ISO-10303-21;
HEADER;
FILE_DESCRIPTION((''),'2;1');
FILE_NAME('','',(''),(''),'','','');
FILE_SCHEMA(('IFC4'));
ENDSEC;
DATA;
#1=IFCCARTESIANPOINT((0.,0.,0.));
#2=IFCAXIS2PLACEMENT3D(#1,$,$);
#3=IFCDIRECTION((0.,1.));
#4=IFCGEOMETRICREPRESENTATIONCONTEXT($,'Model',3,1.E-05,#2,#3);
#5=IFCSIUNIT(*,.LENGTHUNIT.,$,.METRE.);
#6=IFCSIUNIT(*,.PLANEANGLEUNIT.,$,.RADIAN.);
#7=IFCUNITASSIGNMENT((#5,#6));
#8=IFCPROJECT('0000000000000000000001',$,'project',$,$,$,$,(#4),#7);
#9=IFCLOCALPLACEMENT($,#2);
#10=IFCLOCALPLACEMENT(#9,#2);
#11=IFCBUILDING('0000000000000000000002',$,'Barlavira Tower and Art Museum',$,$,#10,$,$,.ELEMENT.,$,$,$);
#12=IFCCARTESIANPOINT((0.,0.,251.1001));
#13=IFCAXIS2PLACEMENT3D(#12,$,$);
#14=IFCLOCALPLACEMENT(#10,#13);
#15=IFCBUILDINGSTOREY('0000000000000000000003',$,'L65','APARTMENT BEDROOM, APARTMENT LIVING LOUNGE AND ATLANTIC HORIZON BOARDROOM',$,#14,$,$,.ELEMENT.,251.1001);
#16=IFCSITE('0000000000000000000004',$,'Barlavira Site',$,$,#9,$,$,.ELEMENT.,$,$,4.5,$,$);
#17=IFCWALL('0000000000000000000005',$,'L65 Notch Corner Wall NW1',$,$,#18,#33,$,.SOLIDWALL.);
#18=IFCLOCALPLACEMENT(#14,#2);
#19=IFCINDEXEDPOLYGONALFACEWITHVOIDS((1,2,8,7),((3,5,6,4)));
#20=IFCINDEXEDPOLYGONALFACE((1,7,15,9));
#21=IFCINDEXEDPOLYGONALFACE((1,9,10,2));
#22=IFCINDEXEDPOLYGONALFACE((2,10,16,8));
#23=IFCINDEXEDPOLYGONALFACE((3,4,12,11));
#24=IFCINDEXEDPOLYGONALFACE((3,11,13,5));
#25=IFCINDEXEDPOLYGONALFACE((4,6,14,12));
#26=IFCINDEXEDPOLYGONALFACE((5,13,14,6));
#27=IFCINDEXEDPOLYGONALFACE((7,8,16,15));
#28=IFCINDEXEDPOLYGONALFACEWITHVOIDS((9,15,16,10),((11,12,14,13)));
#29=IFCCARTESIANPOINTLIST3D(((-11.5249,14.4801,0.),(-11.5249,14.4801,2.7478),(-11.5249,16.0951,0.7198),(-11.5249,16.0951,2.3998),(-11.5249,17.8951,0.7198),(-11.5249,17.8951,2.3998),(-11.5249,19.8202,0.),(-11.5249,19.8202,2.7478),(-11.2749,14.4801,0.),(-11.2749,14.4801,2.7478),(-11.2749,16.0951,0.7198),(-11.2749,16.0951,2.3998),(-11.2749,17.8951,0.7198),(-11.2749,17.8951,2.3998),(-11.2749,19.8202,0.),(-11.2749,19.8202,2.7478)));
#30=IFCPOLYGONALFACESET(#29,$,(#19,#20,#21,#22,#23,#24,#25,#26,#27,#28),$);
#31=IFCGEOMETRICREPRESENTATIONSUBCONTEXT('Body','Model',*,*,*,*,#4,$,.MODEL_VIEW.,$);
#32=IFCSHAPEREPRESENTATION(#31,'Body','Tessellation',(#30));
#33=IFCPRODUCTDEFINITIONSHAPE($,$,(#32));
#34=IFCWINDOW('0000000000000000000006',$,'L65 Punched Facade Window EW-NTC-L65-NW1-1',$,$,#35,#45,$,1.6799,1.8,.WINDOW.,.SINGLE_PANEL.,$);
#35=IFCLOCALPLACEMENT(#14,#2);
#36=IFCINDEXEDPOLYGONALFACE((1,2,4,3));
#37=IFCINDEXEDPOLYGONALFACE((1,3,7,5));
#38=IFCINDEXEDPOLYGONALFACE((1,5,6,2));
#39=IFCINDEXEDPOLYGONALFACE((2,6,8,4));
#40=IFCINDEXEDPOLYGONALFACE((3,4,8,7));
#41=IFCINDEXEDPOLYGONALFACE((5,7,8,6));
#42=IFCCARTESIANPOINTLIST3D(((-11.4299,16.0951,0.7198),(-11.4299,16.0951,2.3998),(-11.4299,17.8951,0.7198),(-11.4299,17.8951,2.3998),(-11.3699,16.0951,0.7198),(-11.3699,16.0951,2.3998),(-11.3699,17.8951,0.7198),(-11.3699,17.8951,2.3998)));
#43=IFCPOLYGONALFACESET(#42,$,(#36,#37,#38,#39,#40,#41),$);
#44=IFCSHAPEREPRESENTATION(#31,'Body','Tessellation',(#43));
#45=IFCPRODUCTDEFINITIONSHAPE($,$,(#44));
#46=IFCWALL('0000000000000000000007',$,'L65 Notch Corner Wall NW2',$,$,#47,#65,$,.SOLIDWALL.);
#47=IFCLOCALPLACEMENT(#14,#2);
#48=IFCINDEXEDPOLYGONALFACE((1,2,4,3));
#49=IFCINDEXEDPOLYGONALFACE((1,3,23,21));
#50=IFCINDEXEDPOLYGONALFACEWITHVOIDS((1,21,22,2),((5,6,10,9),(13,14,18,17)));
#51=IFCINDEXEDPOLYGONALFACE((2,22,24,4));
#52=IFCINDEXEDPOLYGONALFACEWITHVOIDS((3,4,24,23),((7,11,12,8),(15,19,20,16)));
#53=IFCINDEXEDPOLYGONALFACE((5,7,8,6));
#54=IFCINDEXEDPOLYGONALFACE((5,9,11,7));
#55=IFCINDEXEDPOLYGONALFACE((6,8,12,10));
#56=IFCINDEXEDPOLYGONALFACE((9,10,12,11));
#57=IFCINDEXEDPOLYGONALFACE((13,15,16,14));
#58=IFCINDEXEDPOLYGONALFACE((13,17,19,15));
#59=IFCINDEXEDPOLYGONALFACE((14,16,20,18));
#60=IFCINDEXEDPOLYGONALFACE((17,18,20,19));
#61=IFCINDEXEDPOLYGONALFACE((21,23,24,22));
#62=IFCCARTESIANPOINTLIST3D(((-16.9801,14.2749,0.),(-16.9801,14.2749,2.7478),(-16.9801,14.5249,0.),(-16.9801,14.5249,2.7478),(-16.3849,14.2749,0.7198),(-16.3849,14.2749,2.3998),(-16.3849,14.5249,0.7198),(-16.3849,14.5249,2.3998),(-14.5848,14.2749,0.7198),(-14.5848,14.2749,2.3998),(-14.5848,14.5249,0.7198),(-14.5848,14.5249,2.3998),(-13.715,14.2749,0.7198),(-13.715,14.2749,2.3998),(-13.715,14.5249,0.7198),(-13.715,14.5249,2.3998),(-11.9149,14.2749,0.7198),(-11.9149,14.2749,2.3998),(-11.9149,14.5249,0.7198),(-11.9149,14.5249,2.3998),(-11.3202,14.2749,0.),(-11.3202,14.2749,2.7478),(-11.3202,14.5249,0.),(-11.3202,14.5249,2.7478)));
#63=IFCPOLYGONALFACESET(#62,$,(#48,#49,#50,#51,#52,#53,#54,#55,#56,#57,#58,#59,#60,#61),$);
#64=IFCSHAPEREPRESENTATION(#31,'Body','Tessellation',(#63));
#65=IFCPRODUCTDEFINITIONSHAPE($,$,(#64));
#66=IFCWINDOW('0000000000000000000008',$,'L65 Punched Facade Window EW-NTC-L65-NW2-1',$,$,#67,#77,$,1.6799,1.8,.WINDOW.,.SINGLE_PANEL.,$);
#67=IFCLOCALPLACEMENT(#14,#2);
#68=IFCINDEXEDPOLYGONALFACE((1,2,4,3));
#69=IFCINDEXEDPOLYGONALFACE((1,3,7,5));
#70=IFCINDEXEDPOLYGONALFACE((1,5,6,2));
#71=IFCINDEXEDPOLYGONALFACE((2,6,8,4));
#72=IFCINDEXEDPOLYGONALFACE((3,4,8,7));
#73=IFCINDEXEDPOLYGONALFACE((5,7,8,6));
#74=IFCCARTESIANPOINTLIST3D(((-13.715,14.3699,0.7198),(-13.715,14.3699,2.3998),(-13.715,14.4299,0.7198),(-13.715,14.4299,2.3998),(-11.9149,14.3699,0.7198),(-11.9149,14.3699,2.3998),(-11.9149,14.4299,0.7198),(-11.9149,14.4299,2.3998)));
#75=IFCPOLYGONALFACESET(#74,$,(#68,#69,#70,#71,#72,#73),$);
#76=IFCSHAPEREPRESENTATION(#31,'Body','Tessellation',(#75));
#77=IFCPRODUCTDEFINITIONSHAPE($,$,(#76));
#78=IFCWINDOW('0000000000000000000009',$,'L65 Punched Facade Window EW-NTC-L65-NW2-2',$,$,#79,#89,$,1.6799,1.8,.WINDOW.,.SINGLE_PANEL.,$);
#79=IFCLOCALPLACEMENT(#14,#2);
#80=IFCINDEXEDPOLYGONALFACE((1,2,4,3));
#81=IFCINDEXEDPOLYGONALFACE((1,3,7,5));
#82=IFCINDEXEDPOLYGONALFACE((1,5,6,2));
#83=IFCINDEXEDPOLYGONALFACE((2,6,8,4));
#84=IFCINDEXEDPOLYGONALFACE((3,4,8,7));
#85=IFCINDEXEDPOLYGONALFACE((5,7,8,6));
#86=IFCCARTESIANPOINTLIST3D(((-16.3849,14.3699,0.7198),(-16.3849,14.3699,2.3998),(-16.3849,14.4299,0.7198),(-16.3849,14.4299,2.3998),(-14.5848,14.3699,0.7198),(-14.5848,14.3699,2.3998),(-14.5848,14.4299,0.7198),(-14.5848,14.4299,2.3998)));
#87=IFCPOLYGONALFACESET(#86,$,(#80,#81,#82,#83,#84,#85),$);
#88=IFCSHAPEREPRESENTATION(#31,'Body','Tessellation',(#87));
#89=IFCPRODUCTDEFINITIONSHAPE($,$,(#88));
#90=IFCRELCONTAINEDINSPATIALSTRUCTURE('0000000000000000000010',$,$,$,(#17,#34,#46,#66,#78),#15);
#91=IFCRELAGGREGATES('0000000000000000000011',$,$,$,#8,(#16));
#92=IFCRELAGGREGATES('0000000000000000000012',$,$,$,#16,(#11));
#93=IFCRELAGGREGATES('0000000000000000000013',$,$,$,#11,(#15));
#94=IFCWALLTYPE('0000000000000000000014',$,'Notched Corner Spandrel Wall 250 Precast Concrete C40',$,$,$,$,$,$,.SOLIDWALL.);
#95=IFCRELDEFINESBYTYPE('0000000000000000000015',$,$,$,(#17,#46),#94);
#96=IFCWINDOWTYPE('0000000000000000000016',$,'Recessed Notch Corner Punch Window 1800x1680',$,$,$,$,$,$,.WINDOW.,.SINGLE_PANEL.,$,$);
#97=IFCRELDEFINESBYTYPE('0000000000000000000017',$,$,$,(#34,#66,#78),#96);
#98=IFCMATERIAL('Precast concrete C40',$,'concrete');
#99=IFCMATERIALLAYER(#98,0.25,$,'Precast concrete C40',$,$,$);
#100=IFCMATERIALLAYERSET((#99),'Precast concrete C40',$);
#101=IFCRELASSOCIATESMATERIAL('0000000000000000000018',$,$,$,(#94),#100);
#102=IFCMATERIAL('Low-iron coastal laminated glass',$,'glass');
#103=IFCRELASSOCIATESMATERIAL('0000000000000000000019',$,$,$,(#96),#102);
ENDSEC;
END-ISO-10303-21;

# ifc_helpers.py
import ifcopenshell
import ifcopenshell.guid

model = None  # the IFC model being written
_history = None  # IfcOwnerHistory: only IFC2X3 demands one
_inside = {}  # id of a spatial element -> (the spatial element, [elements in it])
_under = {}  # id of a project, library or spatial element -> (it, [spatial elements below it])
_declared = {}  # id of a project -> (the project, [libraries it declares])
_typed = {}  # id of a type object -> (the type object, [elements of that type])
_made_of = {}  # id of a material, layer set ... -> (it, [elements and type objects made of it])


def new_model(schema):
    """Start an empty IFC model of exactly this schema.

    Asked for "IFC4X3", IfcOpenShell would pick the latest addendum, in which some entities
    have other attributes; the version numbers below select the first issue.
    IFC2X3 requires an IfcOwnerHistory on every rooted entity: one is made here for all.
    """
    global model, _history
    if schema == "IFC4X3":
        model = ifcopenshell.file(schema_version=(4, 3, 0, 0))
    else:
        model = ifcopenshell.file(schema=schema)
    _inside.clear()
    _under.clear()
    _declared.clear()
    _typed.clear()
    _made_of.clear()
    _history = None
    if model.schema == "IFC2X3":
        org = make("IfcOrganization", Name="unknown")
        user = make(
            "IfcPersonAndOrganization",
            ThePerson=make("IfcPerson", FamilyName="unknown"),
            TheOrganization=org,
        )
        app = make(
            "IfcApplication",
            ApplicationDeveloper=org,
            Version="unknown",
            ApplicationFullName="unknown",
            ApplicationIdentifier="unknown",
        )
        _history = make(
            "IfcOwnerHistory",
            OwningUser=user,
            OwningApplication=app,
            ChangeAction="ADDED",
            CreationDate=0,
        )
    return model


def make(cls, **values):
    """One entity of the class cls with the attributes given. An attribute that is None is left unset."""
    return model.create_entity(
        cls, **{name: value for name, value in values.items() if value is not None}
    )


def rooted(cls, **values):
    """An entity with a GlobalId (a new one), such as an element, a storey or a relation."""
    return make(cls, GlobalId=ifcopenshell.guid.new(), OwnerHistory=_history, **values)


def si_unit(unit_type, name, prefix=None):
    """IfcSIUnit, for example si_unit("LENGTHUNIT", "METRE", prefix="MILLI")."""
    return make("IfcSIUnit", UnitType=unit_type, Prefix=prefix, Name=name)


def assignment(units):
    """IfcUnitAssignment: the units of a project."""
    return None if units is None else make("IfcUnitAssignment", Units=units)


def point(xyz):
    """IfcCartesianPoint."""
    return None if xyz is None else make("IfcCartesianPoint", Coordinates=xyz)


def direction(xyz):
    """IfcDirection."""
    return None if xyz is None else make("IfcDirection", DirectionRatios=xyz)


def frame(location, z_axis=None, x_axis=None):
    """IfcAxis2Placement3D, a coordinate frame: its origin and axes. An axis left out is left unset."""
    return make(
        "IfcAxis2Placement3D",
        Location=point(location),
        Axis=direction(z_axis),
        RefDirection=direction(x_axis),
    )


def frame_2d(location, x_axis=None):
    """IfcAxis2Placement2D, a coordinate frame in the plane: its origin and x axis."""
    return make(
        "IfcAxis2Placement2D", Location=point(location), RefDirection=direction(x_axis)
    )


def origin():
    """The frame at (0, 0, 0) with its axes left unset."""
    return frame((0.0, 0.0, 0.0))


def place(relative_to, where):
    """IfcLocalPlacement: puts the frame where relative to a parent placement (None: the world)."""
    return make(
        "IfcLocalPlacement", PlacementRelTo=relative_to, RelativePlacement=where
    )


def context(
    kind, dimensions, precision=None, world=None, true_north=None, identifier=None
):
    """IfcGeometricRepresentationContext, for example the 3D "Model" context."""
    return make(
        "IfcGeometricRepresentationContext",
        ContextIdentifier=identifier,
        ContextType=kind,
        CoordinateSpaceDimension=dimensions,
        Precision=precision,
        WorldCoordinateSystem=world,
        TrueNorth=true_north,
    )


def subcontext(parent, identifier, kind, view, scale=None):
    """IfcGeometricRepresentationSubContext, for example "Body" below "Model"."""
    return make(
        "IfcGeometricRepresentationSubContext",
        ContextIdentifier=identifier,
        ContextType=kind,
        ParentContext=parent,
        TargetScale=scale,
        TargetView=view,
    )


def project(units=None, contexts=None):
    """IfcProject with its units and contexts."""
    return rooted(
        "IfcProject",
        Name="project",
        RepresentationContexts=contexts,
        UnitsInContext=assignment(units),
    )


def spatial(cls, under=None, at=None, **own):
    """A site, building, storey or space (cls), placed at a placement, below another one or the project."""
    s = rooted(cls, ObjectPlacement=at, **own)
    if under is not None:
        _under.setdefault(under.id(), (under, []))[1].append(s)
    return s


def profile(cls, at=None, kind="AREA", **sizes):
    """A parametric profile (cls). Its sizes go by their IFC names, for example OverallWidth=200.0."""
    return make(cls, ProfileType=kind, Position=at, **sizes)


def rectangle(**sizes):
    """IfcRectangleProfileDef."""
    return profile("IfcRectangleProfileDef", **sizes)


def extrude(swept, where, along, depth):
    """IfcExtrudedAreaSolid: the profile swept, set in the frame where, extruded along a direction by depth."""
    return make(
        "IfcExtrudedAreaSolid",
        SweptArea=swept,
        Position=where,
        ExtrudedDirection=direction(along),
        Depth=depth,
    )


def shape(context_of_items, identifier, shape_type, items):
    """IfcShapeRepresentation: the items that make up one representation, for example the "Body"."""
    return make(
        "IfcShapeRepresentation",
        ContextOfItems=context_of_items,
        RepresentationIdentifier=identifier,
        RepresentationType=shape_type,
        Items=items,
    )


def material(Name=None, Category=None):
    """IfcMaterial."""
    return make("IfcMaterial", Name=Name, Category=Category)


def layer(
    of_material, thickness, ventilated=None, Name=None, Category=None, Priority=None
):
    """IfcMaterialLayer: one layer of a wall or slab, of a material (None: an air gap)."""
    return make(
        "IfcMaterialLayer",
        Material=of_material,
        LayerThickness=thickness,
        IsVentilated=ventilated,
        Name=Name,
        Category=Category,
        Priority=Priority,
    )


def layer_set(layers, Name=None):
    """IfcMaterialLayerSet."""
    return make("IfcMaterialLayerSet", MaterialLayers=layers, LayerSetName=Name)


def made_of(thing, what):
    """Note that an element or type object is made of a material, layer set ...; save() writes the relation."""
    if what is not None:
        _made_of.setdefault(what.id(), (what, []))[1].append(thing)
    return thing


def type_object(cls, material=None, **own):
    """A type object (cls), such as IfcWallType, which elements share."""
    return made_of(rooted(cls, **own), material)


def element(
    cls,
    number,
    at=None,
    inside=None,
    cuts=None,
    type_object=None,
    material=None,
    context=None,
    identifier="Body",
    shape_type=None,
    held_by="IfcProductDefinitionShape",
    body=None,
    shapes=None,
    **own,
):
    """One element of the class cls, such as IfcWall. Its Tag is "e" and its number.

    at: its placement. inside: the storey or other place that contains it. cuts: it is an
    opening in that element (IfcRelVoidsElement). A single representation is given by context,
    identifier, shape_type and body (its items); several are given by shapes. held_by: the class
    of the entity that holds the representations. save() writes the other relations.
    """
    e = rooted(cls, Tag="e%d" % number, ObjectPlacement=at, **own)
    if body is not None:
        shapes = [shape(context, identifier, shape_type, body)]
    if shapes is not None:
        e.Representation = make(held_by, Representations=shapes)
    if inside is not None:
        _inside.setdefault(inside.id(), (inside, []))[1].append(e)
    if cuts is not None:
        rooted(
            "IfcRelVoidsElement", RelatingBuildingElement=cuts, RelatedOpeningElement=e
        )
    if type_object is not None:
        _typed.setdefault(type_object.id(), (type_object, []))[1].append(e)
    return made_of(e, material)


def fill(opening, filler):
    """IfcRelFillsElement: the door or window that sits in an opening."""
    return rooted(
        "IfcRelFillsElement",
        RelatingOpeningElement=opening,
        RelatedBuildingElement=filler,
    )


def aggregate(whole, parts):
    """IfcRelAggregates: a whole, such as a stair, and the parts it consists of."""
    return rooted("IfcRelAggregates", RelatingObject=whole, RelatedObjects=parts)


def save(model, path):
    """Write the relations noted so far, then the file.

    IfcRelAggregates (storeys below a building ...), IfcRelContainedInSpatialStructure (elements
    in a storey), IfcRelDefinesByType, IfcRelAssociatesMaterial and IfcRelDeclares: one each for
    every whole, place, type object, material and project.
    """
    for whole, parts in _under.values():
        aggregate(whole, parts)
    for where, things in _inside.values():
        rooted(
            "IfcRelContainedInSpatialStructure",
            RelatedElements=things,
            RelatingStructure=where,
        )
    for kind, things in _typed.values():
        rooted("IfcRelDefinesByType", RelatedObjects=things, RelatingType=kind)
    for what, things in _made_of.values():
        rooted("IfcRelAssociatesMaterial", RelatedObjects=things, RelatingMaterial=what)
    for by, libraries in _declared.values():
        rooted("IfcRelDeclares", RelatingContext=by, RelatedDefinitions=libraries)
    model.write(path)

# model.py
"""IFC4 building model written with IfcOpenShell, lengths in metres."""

from ifc_helpers import new_model, si_unit, direction, frame, frame_2d, origin, place, context, subcontext, project, spatial, rectangle, extrude, material, layer, layer_set, type_object, element, fill, save


model = new_model("IFC4")

# Units and contexts
model_context = context("Model", 3, precision=1e-05, world=origin(), true_north=direction((0.0, 1.0)))
body_context = subcontext(model_context, "Body", "Model", "MODEL_VIEW")
ifc_project = project(units=[si_unit("LENGTHUNIT", "METRE"), si_unit("PLANEANGLEUNIT", "RADIAN")], contexts=[model_context])

# Site, building, storey
site_placement = place(None, origin())
site = spatial("IfcSite", under=ifc_project, at=site_placement, Name="Barlavira Site", CompositionType="ELEMENT", RefElevation=4.5)
building_placement = place(site_placement, origin())
building = spatial("IfcBuilding", under=site, at=building_placement, Name="Barlavira Tower and Art Museum", CompositionType="ELEMENT")
storey_placement = place(building_placement, frame((0.0, 0.0, 251.1001)))
storey = spatial("IfcBuildingStorey", under=building, at=storey_placement, Name="L65", Description="APARTMENT BEDROOM, APARTMENT LIVING LOUNGE AND ATLANTIC HORIZON BOARDROOM", CompositionType="ELEMENT", Elevation=251.1001)

# Shared definitions
ifc_material_1 = material(Name="Precast concrete C40", Category="concrete")
ifc_layer_1 = layer(ifc_material_1, 0.25, Name="Precast concrete C40")
ifc_layer_set_1 = layer_set([ifc_layer_1], Name="Precast concrete C40")
wall_type_1 = type_object("IfcWallType", Name="Notched Corner Spandrel Wall 250 Precast Concrete C40", PredefinedType="SOLIDWALL", material=ifc_layer_set_1)
ifc_material_2 = material(Name="Low-iron coastal laminated glass", Category="glass")
window_type = type_object("IfcWindowType", Name="Recessed Notch Corner Punch Window 1800x1680", PartitioningType="SINGLE_PANEL", PredefinedType="WINDOW", material=ifc_material_2)

# Wall, opening, window
wall_1_placement = place(storey_placement, frame((-11.3999, 19.8201, 0.0), z_axis=(0.0, 0.0, 1.0), x_axis=(0.0, -1.0, 0.0)))
wall_1 = element("IfcWall", 1, at=wall_1_placement, inside=storey, type_object=wall_type_1, Name="L65 Notch Corner Wall NW1", PredefinedType="SOLIDWALL", context=body_context, shape_type="SweptSolid", body=[
    extrude(rectangle(XDim=5.3401, YDim=0.25, at=frame_2d((2.6699, 0.0))), origin(), (0.0, 0.0, 1.0), 2.7478),
])
opening_1_placement = place(wall_1_placement, frame((1.925, 0.0, 0.72)))
opening_1 = element("IfcOpeningElement", 2, at=opening_1_placement, cuts=wall_1, PredefinedType="OPENING", context=body_context, shape_type="SweptSolid", body=[
    extrude(rectangle(XDim=1.8, YDim=1.6799, at=frame_2d((0.8999, 0.8398))), frame((0.0, 0.135, 0.0), z_axis=(0.0, -1.0, 0.0), x_axis=(1.0, 0.0, 0.0)), (0.0, 0.0, 1.0), 0.27),
])
window_1_placement = place(opening_1_placement, origin())
window_1 = element("IfcWindow", 3, at=window_1_placement, inside=storey, type_object=window_type, Name="L65 Punched Facade Window EW-NTC-L65-NW1-1", OverallHeight=1.6799, OverallWidth=1.8, PartitioningType="SINGLE_PANEL", PredefinedType="WINDOW", context=body_context, shape_type="SweptSolid", body=[
    extrude(rectangle(XDim=1.8, YDim=1.6799, at=frame_2d((0.8999, 0.8398))), frame((0.0, 0.03, 0.0), z_axis=(0.0, -1.0, 0.0), x_axis=(1.0, 0.0, 0.0)), (0.0, 0.0, 1.0), 0.0601),
])
fill(opening_1, window_1)

# Wall, openings, windows
wall_2_placement = place(storey_placement, frame((-11.3201, 14.3999, 0.0), z_axis=(0.0, 0.0, 1.0), x_axis=(-1.0, 0.0, 0.0)))
wall_2 = element("IfcWall", 4, at=wall_2_placement, inside=storey, type_object=wall_type_1, Name="L65 Notch Corner Wall NW2", PredefinedType="SOLIDWALL", context=body_context, shape_type="SweptSolid", body=[
    extrude(rectangle(XDim=5.6599, YDim=0.25, at=frame_2d((2.8301, 0.0))), origin(), (0.0, 0.0, 1.0), 2.7478),
])
opening_2_placement = place(wall_2_placement, frame((0.595, 0.0, 0.72)))
opening_2 = element("IfcOpeningElement", 5, at=opening_2_placement, cuts=wall_2, PredefinedType="OPENING", context=body_context, shape_type="SweptSolid", body=[
    extrude(rectangle(XDim=1.8, YDim=1.6799, at=frame_2d((0.8999, 0.8398))), frame((0.0, 0.135, 0.0), z_axis=(0.0, -1.0, 0.0), x_axis=(1.0, 0.0, 0.0)), (0.0, 0.0, 1.0), 0.27),
])
opening_3_placement = place(wall_2_placement, frame((3.2649, 0.0, 0.72)))
opening_3 = element("IfcOpeningElement", 6, at=opening_3_placement, cuts=wall_2, PredefinedType="OPENING", context=body_context, shape_type="SweptSolid", body=[
    extrude(rectangle(XDim=1.8, YDim=1.6799, at=frame_2d((0.8999, 0.8398))), frame((0.0, 0.135, 0.0), z_axis=(0.0, -1.0, 0.0), x_axis=(1.0, 0.0, 0.0)), (0.0, 0.0, 1.0), 0.27),
])
window_2_placement = place(opening_2_placement, origin())
window_2 = element("IfcWindow", 7, at=window_2_placement, inside=storey, type_object=window_type, Name="L65 Punched Facade Window EW-NTC-L65-NW2-1", OverallHeight=1.6799, OverallWidth=1.8, PartitioningType="SINGLE_PANEL", PredefinedType="WINDOW", context=body_context, shape_type="SweptSolid", body=[
    extrude(rectangle(XDim=1.8, YDim=1.6799, at=frame_2d((0.8999, 0.8398))), frame((0.0, 0.03, 0.0), z_axis=(0.0, -1.0, 0.0), x_axis=(1.0, 0.0, 0.0)), (0.0, 0.0, 1.0), 0.0601),
])
fill(opening_2, window_2)
window_3_placement = place(opening_3_placement, origin())
window_3 = element("IfcWindow", 8, at=window_3_placement, inside=storey, type_object=window_type, Name="L65 Punched Facade Window EW-NTC-L65-NW2-2", OverallHeight=1.6799, OverallWidth=1.8, PartitioningType="SINGLE_PANEL", PredefinedType="WINDOW", context=body_context, shape_type="SweptSolid", body=[
    extrude(rectangle(XDim=1.8, YDim=1.6799, at=frame_2d((0.8999, 0.8398))), frame((0.0, 0.03, 0.0), z_axis=(0.0, -1.0, 0.0), x_axis=(1.0, 0.0, 0.0)), (0.0, 0.0, 1.0), 0.0601),
])
fill(opening_3, window_3)

save(model, "model.ifc")
